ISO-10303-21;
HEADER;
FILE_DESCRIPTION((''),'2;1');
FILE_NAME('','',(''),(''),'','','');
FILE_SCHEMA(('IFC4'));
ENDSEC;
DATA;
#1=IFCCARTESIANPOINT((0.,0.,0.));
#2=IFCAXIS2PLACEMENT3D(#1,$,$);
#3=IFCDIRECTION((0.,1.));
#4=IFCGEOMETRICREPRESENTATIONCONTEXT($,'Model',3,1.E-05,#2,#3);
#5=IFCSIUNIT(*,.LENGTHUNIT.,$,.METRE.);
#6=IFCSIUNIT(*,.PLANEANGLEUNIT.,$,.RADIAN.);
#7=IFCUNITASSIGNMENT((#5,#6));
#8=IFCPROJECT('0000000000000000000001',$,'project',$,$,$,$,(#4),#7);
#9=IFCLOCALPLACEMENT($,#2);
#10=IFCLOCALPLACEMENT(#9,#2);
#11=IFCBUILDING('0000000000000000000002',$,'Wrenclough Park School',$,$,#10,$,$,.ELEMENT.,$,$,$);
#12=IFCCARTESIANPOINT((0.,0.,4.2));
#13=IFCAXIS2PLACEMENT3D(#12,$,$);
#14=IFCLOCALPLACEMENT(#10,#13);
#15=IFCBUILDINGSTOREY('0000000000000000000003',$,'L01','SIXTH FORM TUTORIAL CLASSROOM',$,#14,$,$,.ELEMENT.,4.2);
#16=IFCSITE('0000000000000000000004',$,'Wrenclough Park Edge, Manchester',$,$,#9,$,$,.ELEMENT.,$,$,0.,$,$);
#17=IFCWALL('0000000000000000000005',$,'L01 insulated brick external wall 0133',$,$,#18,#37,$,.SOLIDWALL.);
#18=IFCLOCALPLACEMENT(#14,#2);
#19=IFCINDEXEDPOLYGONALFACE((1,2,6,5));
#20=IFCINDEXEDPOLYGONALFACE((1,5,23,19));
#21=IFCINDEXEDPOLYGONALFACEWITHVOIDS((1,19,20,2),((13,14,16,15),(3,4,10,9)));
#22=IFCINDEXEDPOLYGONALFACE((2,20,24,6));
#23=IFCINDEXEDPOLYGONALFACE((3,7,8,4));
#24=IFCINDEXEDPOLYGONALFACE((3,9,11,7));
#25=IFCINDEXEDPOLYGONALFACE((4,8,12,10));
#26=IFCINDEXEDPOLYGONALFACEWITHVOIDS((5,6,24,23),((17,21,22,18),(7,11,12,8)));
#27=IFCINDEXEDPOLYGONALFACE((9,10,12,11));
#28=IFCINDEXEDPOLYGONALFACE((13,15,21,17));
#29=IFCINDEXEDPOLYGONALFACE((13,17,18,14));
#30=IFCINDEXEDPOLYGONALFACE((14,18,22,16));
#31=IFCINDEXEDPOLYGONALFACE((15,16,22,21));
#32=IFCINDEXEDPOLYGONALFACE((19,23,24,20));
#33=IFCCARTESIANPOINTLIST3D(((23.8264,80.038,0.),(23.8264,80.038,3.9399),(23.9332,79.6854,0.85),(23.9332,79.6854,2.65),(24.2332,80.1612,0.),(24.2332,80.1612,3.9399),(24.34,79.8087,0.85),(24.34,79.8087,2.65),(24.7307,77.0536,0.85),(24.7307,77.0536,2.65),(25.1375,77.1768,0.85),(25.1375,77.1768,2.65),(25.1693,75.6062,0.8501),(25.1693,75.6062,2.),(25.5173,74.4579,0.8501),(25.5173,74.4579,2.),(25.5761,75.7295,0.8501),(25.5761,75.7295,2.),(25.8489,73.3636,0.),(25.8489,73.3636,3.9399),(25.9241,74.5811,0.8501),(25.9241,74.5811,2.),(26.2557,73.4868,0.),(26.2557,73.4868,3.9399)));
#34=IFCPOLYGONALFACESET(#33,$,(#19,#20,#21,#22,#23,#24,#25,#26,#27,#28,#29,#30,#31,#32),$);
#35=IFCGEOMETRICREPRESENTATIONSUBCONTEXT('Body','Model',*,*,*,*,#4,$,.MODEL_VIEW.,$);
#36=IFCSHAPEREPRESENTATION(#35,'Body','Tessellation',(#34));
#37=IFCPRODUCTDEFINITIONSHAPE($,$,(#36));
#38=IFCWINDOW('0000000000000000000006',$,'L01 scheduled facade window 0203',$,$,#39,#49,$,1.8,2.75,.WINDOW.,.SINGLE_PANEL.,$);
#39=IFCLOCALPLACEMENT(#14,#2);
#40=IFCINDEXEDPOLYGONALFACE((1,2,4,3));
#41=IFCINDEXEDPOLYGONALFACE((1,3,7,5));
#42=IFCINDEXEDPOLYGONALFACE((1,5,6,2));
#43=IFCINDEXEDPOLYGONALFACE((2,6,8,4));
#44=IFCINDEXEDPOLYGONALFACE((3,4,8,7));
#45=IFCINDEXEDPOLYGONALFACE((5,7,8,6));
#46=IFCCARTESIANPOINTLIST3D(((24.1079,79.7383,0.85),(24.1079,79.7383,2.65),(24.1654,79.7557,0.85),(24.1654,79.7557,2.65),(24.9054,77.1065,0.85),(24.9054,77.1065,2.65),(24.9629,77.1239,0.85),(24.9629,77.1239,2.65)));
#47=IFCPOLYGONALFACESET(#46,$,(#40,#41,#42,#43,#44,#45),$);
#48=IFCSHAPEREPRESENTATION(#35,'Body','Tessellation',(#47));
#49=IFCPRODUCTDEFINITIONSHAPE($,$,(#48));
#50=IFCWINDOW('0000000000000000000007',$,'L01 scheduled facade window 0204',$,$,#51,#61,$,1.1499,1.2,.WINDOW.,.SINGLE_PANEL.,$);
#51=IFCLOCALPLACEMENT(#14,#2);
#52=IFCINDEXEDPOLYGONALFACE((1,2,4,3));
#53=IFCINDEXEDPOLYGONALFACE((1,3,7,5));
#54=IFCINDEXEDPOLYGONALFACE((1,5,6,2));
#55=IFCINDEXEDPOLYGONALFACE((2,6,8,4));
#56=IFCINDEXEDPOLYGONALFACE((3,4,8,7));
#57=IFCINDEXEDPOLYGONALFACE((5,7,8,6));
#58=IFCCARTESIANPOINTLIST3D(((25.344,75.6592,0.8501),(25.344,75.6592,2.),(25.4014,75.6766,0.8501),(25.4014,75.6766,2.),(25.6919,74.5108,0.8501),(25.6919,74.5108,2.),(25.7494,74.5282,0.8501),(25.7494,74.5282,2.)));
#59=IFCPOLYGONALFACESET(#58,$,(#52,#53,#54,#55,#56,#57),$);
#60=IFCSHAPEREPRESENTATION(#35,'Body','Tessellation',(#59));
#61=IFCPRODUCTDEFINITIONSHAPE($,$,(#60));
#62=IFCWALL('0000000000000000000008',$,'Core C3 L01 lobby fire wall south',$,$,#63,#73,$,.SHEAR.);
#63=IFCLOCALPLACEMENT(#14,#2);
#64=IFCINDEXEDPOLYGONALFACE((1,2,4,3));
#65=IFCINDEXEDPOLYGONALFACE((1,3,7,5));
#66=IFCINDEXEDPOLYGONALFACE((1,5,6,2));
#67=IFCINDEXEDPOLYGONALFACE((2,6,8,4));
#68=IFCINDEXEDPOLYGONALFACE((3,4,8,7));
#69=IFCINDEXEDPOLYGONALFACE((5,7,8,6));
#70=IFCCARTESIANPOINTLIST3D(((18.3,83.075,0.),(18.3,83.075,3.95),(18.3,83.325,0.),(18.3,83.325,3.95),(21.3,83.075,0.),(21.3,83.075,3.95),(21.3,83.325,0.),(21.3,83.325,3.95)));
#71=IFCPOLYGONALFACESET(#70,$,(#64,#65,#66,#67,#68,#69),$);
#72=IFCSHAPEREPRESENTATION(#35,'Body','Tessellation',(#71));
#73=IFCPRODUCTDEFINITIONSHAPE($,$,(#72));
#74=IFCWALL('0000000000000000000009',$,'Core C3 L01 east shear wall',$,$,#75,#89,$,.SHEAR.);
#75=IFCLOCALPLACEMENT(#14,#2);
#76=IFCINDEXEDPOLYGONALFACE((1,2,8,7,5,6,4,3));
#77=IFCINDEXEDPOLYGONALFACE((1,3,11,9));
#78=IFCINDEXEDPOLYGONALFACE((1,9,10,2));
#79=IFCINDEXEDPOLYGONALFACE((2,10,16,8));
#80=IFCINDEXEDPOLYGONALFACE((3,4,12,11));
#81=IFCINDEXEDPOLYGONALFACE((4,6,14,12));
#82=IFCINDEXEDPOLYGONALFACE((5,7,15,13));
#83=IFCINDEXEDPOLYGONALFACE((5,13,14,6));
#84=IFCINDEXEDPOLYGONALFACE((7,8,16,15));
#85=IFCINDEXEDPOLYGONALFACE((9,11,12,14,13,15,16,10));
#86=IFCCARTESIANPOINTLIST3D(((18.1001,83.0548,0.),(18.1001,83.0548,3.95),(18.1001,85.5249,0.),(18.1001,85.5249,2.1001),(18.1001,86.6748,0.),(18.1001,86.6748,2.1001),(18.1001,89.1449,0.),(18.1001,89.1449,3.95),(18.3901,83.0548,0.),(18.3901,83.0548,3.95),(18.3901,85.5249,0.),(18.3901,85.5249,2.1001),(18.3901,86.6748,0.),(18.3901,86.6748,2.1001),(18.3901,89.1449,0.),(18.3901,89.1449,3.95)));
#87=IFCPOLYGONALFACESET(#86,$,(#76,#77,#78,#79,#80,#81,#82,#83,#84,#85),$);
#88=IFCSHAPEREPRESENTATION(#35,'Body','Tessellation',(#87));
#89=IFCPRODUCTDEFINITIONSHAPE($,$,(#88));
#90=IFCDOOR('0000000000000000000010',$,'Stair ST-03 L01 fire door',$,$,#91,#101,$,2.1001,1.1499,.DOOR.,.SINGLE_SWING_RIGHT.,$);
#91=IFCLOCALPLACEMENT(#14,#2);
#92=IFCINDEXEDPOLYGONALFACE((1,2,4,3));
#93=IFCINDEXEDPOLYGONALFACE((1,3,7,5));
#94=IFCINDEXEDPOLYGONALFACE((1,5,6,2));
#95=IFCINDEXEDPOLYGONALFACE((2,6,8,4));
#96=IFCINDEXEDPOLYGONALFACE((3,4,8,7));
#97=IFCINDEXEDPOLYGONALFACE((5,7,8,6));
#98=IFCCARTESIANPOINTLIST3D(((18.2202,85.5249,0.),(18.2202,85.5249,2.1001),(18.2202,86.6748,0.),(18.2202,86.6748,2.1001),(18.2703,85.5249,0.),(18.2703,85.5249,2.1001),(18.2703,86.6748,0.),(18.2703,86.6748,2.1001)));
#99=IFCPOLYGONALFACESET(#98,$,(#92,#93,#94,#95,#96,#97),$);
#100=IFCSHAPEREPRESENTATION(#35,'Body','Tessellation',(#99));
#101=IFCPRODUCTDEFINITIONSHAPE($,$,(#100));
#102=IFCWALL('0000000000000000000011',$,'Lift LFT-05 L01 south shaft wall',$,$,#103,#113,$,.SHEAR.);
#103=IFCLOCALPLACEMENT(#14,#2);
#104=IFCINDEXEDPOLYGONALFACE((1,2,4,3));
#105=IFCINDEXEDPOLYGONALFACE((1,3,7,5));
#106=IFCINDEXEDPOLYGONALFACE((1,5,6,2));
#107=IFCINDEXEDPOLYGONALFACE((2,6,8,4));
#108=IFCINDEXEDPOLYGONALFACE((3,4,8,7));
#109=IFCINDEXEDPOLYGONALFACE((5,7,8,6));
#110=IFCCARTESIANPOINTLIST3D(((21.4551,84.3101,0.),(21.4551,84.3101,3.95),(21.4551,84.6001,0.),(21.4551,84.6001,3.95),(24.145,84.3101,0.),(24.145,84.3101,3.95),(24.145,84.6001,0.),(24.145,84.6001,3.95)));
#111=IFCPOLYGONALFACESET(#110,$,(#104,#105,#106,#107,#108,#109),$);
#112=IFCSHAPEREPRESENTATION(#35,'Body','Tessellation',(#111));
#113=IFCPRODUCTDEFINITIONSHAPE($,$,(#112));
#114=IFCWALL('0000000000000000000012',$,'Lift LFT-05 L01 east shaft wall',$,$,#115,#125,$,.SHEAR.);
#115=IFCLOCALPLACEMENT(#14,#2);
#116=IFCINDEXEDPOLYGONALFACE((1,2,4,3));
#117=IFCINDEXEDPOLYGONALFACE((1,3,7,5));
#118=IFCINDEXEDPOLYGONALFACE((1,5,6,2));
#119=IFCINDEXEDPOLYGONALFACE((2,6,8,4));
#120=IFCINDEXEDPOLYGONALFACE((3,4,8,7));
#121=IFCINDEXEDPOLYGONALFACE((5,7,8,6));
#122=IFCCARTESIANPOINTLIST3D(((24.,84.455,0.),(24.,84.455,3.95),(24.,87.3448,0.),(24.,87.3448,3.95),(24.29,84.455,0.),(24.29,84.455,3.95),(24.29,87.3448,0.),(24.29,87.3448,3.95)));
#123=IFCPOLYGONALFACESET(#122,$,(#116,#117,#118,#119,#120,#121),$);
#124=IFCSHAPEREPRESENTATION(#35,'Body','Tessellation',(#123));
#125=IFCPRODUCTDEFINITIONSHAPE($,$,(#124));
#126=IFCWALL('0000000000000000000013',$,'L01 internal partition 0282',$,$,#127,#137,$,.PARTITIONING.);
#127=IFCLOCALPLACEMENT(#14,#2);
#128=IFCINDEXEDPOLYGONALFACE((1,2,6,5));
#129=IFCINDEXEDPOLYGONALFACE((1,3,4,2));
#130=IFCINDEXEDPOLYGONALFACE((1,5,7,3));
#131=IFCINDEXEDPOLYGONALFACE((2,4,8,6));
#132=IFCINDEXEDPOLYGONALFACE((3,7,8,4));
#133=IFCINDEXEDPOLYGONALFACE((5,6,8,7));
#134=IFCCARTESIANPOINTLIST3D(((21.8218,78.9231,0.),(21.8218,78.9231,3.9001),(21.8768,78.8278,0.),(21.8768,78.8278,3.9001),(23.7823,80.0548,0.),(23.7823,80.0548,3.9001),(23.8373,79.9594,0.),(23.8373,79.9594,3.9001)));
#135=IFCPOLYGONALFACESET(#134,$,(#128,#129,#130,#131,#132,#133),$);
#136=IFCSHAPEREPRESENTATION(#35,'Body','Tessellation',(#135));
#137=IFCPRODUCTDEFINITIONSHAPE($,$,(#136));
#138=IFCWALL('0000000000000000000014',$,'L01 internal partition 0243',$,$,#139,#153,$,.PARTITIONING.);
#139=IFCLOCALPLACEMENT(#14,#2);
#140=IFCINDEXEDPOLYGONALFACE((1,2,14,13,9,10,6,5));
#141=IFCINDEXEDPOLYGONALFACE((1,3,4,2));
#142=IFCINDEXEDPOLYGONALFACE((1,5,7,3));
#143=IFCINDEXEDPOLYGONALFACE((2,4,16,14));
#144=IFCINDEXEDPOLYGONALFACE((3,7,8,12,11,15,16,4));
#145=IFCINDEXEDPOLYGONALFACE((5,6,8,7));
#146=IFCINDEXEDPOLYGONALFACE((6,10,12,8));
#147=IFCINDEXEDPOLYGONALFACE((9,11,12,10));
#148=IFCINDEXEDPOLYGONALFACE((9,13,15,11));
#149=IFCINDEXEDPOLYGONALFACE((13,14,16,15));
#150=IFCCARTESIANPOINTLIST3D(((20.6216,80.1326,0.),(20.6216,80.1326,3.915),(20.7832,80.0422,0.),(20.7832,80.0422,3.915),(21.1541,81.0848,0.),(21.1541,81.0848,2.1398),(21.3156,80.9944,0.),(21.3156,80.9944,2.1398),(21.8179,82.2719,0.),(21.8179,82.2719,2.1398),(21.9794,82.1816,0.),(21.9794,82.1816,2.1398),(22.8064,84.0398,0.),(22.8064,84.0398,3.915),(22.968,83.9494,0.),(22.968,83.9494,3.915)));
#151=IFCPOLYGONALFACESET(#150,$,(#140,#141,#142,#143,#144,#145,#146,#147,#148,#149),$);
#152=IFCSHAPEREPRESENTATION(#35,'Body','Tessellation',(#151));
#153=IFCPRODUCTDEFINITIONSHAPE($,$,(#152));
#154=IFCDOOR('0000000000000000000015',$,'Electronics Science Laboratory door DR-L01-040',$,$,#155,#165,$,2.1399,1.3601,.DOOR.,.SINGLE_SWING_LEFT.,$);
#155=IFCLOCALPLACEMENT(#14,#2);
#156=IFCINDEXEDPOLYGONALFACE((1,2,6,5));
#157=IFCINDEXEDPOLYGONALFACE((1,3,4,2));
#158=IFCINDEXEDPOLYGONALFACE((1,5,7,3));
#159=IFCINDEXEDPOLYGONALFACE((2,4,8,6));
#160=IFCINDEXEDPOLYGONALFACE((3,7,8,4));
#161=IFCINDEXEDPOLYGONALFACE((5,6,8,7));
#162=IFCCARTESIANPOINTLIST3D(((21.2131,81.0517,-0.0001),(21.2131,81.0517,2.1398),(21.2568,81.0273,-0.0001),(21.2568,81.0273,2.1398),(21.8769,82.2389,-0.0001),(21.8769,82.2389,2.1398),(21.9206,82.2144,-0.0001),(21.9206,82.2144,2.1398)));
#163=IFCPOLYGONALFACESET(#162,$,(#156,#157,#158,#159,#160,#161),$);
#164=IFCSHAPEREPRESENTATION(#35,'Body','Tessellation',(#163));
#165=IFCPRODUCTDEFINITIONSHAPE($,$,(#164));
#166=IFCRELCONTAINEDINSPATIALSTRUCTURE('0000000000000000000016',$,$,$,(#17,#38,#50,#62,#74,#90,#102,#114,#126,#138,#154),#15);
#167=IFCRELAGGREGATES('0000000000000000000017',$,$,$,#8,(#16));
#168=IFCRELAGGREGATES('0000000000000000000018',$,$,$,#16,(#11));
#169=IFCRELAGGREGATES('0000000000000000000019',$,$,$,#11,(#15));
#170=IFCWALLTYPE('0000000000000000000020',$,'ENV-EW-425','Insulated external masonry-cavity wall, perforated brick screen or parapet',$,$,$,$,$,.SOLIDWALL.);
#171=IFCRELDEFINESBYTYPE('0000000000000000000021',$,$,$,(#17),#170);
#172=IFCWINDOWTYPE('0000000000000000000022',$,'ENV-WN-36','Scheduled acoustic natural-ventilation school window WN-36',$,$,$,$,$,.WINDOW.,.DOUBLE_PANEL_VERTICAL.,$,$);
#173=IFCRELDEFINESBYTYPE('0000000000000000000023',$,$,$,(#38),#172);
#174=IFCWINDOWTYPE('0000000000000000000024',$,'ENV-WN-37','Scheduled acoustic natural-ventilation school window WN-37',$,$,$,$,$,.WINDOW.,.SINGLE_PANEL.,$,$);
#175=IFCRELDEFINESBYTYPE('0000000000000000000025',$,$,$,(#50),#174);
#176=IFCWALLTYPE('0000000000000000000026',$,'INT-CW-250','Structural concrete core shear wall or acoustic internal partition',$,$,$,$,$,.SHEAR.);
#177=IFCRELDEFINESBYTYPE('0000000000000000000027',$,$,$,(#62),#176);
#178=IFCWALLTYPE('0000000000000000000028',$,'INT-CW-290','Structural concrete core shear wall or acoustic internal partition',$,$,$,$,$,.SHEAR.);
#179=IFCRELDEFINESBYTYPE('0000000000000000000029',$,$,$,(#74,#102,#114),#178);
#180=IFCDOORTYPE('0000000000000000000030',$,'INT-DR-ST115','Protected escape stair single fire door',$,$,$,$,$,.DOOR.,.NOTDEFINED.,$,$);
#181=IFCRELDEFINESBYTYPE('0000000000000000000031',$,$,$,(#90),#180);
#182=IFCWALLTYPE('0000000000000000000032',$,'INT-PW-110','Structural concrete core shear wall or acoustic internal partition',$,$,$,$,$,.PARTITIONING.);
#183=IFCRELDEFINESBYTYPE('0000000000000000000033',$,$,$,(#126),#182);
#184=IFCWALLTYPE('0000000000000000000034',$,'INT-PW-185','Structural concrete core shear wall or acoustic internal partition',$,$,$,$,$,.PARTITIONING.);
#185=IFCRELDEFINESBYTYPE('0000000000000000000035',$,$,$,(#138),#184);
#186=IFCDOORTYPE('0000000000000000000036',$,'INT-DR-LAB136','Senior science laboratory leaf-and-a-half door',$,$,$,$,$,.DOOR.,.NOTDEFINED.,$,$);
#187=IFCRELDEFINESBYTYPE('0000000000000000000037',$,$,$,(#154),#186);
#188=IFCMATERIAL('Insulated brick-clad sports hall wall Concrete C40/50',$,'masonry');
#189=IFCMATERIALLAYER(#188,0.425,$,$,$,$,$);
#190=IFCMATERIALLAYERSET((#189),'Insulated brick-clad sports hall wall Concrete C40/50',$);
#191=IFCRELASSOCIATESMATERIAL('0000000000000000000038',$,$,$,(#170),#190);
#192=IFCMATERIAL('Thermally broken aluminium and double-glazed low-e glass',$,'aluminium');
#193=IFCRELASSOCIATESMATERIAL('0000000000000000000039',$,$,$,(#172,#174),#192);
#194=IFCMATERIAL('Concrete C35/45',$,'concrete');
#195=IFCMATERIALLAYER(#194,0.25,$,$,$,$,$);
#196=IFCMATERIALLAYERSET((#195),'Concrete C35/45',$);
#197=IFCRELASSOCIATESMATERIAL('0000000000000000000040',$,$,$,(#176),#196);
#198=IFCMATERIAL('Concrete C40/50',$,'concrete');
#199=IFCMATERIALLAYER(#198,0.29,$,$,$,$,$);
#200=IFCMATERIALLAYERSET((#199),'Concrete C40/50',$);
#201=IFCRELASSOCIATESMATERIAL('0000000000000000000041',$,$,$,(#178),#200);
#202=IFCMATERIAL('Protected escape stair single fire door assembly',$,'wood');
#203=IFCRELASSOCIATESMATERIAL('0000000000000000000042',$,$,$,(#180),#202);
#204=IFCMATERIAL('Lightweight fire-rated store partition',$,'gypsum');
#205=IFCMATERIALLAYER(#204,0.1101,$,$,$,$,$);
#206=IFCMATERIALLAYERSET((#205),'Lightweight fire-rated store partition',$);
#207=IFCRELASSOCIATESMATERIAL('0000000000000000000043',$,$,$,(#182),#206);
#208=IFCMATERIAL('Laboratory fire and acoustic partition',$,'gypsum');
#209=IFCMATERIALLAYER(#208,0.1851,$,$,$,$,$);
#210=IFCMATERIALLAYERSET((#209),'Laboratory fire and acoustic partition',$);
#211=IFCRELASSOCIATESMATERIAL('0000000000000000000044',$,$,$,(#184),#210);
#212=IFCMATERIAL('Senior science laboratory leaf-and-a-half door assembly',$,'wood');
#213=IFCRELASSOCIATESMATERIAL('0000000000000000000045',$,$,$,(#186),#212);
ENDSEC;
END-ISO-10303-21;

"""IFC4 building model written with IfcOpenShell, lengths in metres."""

from ifc_helpers import new_model, si_unit, direction, frame, frame_2d, origin, place, context, subcontext, project, spatial, rectangle, extrude, material, layer, layer_set, type_object, element, fill, save


model = new_model("IFC4")

# Units and contexts
model_context = context("Model", 3, precision=1e-05, world=origin(), true_north=direction((0.0, 1.0)))
body_context = subcontext(model_context, "Body", "Model", "MODEL_VIEW")
ifc_project = project(units=[si_unit("LENGTHUNIT", "METRE"), si_unit("PLANEANGLEUNIT", "RADIAN")], contexts=[model_context])

# Site, building, storey
site_placement = place(None, origin())
site = spatial("IfcSite", under=ifc_project, at=site_placement, Name="Wrenclough Park Edge, Manchester", CompositionType="ELEMENT", RefElevation=0.0)
building_placement = place(site_placement, origin())
building = spatial("IfcBuilding", under=site, at=building_placement, Name="Wrenclough Park School", CompositionType="ELEMENT")
storey_placement = place(building_placement, frame((0.0, 0.0, 4.2)))
storey = spatial("IfcBuildingStorey", under=building, at=storey_placement, Name="L01", Description="SIXTH FORM TUTORIAL CLASSROOM", CompositionType="ELEMENT", Elevation=4.2)

# Wall, openings, windows
ifc_material_1 = material(Name="Insulated brick-clad sports hall wall Concrete C40/50", Category="masonry")
ifc_layer_1 = layer(ifc_material_1, 0.425)
ifc_layer_set_1 = layer_set([ifc_layer_1], Name="Insulated brick-clad sports hall wall Concrete C40/50")
wall_type_1 = type_object("IfcWallType", Name="ENV-EW-425", Description="Insulated external masonry-cavity wall, perforated brick screen or parapet", PredefinedType="SOLIDWALL", material=ifc_layer_set_1)
wall_1_placement = place(storey_placement, frame((24.0298, 80.0996, 0.0), z_axis=(0.0, 0.0, 1.0), x_axis=(0.29, -0.957027, 0.0)))
wall_1 = element("IfcWall", 1, at=wall_1_placement, inside=storey, type_object=wall_type_1, Name="L01 insulated brick external wall 0133", PredefinedType="SOLIDWALL", context=body_context, shape_type="SweptSolid", body=[
    extrude(rectangle(XDim=6.9741, YDim=0.425, at=frame_2d((3.4871, 0.0))), origin(), (0.0, 0.0, 1.0), 3.9399),
])
opening_1_placement = place(wall_1_placement, frame((0.3684, 0.0, 0.8501)))
opening_1 = element("IfcOpeningElement", 2, at=opening_1_placement, cuts=wall_1, PredefinedType="OPENING", context=body_context, shape_type="SweptSolid", body=[
    extrude(rectangle(XDim=2.75, YDim=1.8, at=frame_2d((1.375, 0.8999))), frame((0.0, 0.2224, 0.0), z_axis=(0.0, -1.0, 0.0), x_axis=(1.0, 0.0, 0.0)), (0.0, 0.0, 1.0), 0.4451),
])
opening_2_placement = place(wall_1_placement, frame((4.6306, 0.0, 0.8501)))
opening_2 = element("IfcOpeningElement", 3, at=opening_2_placement, cuts=wall_1, PredefinedType="OPENING", context=body_context, shape_type="SweptSolid", body=[
    extrude(rectangle(XDim=1.2, YDim=1.1499, at=frame_2d((0.6001, 0.575))), frame((0.0, 0.2224, 0.0), z_axis=(0.0, -1.0, 0.0), x_axis=(1.0, 0.0, 0.0)), (0.0, 0.0, 1.0), 0.4451),
])
ifc_material_2 = material(Name="Thermally broken aluminium and double-glazed low-e glass", Category="aluminium")
window_type_1 = type_object("IfcWindowType", Name="ENV-WN-36", Description="Scheduled acoustic natural-ventilation school window WN-36", PartitioningType="DOUBLE_PANEL_VERTICAL", PredefinedType="WINDOW", material=ifc_material_2)
window_1_placement = place(opening_1_placement, origin())
window_1 = element("IfcWindow", 4, at=window_1_placement, inside=storey, type_object=window_type_1, Name="L01 scheduled facade window 0203", OverallHeight=1.8, OverallWidth=2.75, PartitioningType="SINGLE_PANEL", PredefinedType="WINDOW", context=body_context, shape_type="SweptSolid", body=[
    extrude(rectangle(XDim=2.75, YDim=1.8, at=frame_2d((1.375, 0.8999))), frame((0.0, 0.03, 0.0), z_axis=(0.0, -1.0, 0.0), x_axis=(1.0, 0.0, 0.0)), (0.0, 0.0, 1.0), 0.0601),
])
fill(opening_1, window_1)
window_type_2 = type_object("IfcWindowType", Name="ENV-WN-37", Description="Scheduled acoustic natural-ventilation school window WN-37", PartitioningType="SINGLE_PANEL", PredefinedType="WINDOW", material=ifc_material_2)
window_2_placement = place(opening_2_placement, origin())
window_2 = element("IfcWindow", 5, at=window_2_placement, inside=storey, type_object=window_type_2, Name="L01 scheduled facade window 0204", OverallHeight=1.1499, OverallWidth=1.2, PartitioningType="SINGLE_PANEL", PredefinedType="WINDOW", context=body_context, shape_type="SweptSolid", body=[
    extrude(rectangle(XDim=1.2, YDim=1.1499, at=frame_2d((0.6001, 0.575))), frame((0.0, 0.03, 0.0), z_axis=(0.0, -1.0, 0.0), x_axis=(1.0, 0.0, 0.0)), (0.0, 0.0, 1.0), 0.0601),
])
fill(opening_2, window_2)

# Wall
ifc_material_3 = material(Name="Concrete C35/45", Category="concrete")
ifc_layer_2 = layer(ifc_material_3, 0.25)
ifc_layer_set_2 = layer_set([ifc_layer_2], Name="Concrete C35/45")
wall_type_2 = type_object("IfcWallType", Name="INT-CW-250", Description="Structural concrete core shear wall or acoustic internal partition", PredefinedType="SHEAR", material=ifc_layer_set_2)
wall_2_placement = place(storey_placement, frame((18.3, 83.2, 0.0), z_axis=(0.0, 0.0, 1.0), x_axis=(1.0, 0.0, 0.0)))
element("IfcWall", 6, at=wall_2_placement, inside=storey, type_object=wall_type_2, Name="Core C3 L01 lobby fire wall south", PredefinedType="SHEAR", context=body_context, shape_type="SweptSolid", body=[
    extrude(rectangle(XDim=3.0, YDim=0.25, at=frame_2d((1.5, 0.0))), origin(), (0.0, 0.0, 1.0), 3.95),
])

# Wall, opening, door
ifc_material_4 = material(Name="Concrete C40/50", Category="concrete")
ifc_layer_3 = layer(ifc_material_4, 0.29)
ifc_layer_set_3 = layer_set([ifc_layer_3], Name="Concrete C40/50")
wall_type_3 = type_object("IfcWallType", Name="INT-CW-290", Description="Structural concrete core shear wall or acoustic internal partition", PredefinedType="SHEAR", material=ifc_layer_set_3)
wall_3_placement = place(storey_placement, frame((18.2451, 83.0549, 0.0), z_axis=(0.0, 0.0, 1.0), x_axis=(0.0, 1.0, 0.0)))
wall_3 = element("IfcWall", 7, at=wall_3_placement, inside=storey, type_object=wall_type_3, Name="Core C3 L01 east shear wall", PredefinedType="SHEAR", context=body_context, shape_type="SweptSolid", body=[
    extrude(rectangle(XDim=6.0901, YDim=0.29, at=frame_2d((3.0449, 0.0))), origin(), (0.0, 0.0, 1.0), 3.95),
])
opening_3_placement = place(wall_3_placement, frame((2.47, 0.0, 0.0)))
opening_3 = element("IfcOpeningElement", 8, at=opening_3_placement, cuts=wall_3, PredefinedType="OPENING", context=body_context, shape_type="SweptSolid", body=[
    extrude(rectangle(XDim=1.1499, YDim=2.1001, at=frame_2d((0.575, 1.05))), frame((0.0, 0.155, 0.0), z_axis=(0.0, -1.0, 0.0), x_axis=(1.0, 0.0, 0.0)), (0.0, 0.0, 1.0), 0.3101),
])
ifc_material_5 = material(Name="Protected escape stair single fire door assembly", Category="wood")
door_type_1 = type_object("IfcDoorType", Name="INT-DR-ST115", Description="Protected escape stair single fire door", OperationType="NOTDEFINED", PredefinedType="DOOR", material=ifc_material_5)
door_1_placement = place(opening_3_placement, origin())
door_1 = element("IfcDoor", 9, at=door_1_placement, inside=storey, type_object=door_type_1, Name="Stair ST-03 L01 fire door", OperationType="SINGLE_SWING_RIGHT", OverallHeight=2.1001, OverallWidth=1.1499, PredefinedType="DOOR", context=body_context, shape_type="SweptSolid", body=[
    extrude(rectangle(XDim=1.1499, YDim=2.1001, at=frame_2d((0.575, 1.05))), frame((0.0, 0.0249, 0.0), z_axis=(0.0, -1.0, 0.0), x_axis=(1.0, 0.0, 0.0)), (0.0, 0.0, 1.0), 0.05),
])
fill(opening_3, door_1)

# Walls
wall_4_placement = place(storey_placement, frame((21.4551, 84.4551, 0.0), z_axis=(0.0, 0.0, 1.0), x_axis=(1.0, 0.0, 0.0)))
element("IfcWall", 10, at=wall_4_placement, inside=storey, type_object=wall_type_3, Name="Lift LFT-05 L01 south shaft wall", PredefinedType="SHEAR", context=body_context, shape_type="SweptSolid", body=[
    extrude(rectangle(XDim=2.6899, YDim=0.29, at=frame_2d((1.345, 0.0))), origin(), (0.0, 0.0, 1.0), 3.95),
])
wall_5_placement = place(storey_placement, frame((24.145, 84.4551, 0.0), z_axis=(0.0, 0.0, 1.0), x_axis=(0.0, 1.0, 0.0)))
element("IfcWall", 11, at=wall_5_placement, inside=storey, type_object=wall_type_3, Name="Lift LFT-05 L01 east shaft wall", PredefinedType="SHEAR", context=body_context, shape_type="SweptSolid", body=[
    extrude(rectangle(XDim=2.8899, YDim=0.29, at=frame_2d((1.4448, 0.0))), origin(), (0.0, 0.0, 1.0), 3.95),
])
ifc_material_6 = material(Name="Lightweight fire-rated store partition", Category="gypsum")
ifc_layer_4 = layer(ifc_material_6, 0.1101)
ifc_layer_set_4 = layer_set([ifc_layer_4], Name="Lightweight fire-rated store partition")
wall_type_4 = type_object("IfcWallType", Name="INT-PW-110", Description="Structural concrete core shear wall or acoustic internal partition", PredefinedType="PARTITIONING", material=ifc_layer_set_4)
wall_6_placement = place(storey_placement, frame((23.8098, 80.0071, 0.0), z_axis=(0.0, 0.0, 1.0), x_axis=(-0.866078, -0.499909, 0.0)))
element("IfcWall", 12, at=wall_6_placement, inside=storey, type_object=wall_type_4, Name="L01 internal partition 0282", PredefinedType="PARTITIONING", context=body_context, shape_type="SweptSolid", body=[
    extrude(rectangle(XDim=2.2637, YDim=0.1101, at=frame_2d((1.1318, 0.0))), origin(), (0.0, 0.0, 1.0), 3.9001),
])

# Wall, opening, door
ifc_material_7 = material(Name="Laboratory fire and acoustic partition", Category="gypsum")
ifc_layer_5 = layer(ifc_material_7, 0.1851)
ifc_layer_set_5 = layer_set([ifc_layer_5], Name="Laboratory fire and acoustic partition")
wall_type_5 = type_object("IfcWallType", Name="INT-PW-185", Description="Structural concrete core shear wall or acoustic internal partition", PredefinedType="PARTITIONING", material=ifc_layer_set_5)
wall_7_placement = place(storey_placement, frame((20.7024, 80.0874, 0.0), z_axis=(0.0, 0.0, 1.0), x_axis=(0.488054, 0.872814, 0.0)))
wall_7 = element("IfcWall", 13, at=wall_7_placement, inside=storey, type_object=wall_type_5, Name="L01 internal partition 0243", PredefinedType="PARTITIONING", context=body_context, shape_type="SweptSolid", body=[
    extrude(rectangle(XDim=4.4766, YDim=0.1851, at=frame_2d((2.2383, 0.0))), origin(), (0.0, 0.0, 1.0), 3.915),
])
opening_4_placement = place(wall_7_placement, frame((1.0908, 0.0, 0.0)))
opening_4 = element("IfcOpeningElement", 14, at=opening_4_placement, cuts=wall_7, PredefinedType="OPENING", context=body_context, shape_type="SweptSolid", body=[
    extrude(rectangle(XDim=1.3601, YDim=2.1399, at=frame_2d((0.6802, 1.0698))), frame((0.0, 0.1025, 0.0), z_axis=(0.0, -1.0, 0.0), x_axis=(1.0, 0.0, 0.0)), (0.0, 0.0, 1.0), 0.2051),
])
ifc_material_8 = material(Name="Senior science laboratory leaf-and-a-half door assembly", Category="wood")
door_type_2 = type_object("IfcDoorType", Name="INT-DR-LAB136", Description="Senior science laboratory leaf-and-a-half door", OperationType="NOTDEFINED", PredefinedType="DOOR", material=ifc_material_8)
door_2_placement = place(opening_4_placement, origin())
door_2 = element("IfcDoor", 15, at=door_2_placement, inside=storey, type_object=door_type_2, Name="Electronics Science Laboratory door DR-L01-040", OperationType="SINGLE_SWING_LEFT", OverallHeight=2.1399, OverallWidth=1.3601, PredefinedType="DOOR", context=body_context, shape_type="SweptSolid", body=[
    extrude(rectangle(XDim=1.3601, YDim=2.1399, at=frame_2d((0.6802, 1.0698))), frame((0.0, 0.0249, 0.0), z_axis=(0.0, -1.0, 0.0), x_axis=(1.0, 0.0, 0.0)), (0.0, 0.0, 1.0), 0.05),
])
fill(opening_4, door_2)

save(model, "model.ifc")
